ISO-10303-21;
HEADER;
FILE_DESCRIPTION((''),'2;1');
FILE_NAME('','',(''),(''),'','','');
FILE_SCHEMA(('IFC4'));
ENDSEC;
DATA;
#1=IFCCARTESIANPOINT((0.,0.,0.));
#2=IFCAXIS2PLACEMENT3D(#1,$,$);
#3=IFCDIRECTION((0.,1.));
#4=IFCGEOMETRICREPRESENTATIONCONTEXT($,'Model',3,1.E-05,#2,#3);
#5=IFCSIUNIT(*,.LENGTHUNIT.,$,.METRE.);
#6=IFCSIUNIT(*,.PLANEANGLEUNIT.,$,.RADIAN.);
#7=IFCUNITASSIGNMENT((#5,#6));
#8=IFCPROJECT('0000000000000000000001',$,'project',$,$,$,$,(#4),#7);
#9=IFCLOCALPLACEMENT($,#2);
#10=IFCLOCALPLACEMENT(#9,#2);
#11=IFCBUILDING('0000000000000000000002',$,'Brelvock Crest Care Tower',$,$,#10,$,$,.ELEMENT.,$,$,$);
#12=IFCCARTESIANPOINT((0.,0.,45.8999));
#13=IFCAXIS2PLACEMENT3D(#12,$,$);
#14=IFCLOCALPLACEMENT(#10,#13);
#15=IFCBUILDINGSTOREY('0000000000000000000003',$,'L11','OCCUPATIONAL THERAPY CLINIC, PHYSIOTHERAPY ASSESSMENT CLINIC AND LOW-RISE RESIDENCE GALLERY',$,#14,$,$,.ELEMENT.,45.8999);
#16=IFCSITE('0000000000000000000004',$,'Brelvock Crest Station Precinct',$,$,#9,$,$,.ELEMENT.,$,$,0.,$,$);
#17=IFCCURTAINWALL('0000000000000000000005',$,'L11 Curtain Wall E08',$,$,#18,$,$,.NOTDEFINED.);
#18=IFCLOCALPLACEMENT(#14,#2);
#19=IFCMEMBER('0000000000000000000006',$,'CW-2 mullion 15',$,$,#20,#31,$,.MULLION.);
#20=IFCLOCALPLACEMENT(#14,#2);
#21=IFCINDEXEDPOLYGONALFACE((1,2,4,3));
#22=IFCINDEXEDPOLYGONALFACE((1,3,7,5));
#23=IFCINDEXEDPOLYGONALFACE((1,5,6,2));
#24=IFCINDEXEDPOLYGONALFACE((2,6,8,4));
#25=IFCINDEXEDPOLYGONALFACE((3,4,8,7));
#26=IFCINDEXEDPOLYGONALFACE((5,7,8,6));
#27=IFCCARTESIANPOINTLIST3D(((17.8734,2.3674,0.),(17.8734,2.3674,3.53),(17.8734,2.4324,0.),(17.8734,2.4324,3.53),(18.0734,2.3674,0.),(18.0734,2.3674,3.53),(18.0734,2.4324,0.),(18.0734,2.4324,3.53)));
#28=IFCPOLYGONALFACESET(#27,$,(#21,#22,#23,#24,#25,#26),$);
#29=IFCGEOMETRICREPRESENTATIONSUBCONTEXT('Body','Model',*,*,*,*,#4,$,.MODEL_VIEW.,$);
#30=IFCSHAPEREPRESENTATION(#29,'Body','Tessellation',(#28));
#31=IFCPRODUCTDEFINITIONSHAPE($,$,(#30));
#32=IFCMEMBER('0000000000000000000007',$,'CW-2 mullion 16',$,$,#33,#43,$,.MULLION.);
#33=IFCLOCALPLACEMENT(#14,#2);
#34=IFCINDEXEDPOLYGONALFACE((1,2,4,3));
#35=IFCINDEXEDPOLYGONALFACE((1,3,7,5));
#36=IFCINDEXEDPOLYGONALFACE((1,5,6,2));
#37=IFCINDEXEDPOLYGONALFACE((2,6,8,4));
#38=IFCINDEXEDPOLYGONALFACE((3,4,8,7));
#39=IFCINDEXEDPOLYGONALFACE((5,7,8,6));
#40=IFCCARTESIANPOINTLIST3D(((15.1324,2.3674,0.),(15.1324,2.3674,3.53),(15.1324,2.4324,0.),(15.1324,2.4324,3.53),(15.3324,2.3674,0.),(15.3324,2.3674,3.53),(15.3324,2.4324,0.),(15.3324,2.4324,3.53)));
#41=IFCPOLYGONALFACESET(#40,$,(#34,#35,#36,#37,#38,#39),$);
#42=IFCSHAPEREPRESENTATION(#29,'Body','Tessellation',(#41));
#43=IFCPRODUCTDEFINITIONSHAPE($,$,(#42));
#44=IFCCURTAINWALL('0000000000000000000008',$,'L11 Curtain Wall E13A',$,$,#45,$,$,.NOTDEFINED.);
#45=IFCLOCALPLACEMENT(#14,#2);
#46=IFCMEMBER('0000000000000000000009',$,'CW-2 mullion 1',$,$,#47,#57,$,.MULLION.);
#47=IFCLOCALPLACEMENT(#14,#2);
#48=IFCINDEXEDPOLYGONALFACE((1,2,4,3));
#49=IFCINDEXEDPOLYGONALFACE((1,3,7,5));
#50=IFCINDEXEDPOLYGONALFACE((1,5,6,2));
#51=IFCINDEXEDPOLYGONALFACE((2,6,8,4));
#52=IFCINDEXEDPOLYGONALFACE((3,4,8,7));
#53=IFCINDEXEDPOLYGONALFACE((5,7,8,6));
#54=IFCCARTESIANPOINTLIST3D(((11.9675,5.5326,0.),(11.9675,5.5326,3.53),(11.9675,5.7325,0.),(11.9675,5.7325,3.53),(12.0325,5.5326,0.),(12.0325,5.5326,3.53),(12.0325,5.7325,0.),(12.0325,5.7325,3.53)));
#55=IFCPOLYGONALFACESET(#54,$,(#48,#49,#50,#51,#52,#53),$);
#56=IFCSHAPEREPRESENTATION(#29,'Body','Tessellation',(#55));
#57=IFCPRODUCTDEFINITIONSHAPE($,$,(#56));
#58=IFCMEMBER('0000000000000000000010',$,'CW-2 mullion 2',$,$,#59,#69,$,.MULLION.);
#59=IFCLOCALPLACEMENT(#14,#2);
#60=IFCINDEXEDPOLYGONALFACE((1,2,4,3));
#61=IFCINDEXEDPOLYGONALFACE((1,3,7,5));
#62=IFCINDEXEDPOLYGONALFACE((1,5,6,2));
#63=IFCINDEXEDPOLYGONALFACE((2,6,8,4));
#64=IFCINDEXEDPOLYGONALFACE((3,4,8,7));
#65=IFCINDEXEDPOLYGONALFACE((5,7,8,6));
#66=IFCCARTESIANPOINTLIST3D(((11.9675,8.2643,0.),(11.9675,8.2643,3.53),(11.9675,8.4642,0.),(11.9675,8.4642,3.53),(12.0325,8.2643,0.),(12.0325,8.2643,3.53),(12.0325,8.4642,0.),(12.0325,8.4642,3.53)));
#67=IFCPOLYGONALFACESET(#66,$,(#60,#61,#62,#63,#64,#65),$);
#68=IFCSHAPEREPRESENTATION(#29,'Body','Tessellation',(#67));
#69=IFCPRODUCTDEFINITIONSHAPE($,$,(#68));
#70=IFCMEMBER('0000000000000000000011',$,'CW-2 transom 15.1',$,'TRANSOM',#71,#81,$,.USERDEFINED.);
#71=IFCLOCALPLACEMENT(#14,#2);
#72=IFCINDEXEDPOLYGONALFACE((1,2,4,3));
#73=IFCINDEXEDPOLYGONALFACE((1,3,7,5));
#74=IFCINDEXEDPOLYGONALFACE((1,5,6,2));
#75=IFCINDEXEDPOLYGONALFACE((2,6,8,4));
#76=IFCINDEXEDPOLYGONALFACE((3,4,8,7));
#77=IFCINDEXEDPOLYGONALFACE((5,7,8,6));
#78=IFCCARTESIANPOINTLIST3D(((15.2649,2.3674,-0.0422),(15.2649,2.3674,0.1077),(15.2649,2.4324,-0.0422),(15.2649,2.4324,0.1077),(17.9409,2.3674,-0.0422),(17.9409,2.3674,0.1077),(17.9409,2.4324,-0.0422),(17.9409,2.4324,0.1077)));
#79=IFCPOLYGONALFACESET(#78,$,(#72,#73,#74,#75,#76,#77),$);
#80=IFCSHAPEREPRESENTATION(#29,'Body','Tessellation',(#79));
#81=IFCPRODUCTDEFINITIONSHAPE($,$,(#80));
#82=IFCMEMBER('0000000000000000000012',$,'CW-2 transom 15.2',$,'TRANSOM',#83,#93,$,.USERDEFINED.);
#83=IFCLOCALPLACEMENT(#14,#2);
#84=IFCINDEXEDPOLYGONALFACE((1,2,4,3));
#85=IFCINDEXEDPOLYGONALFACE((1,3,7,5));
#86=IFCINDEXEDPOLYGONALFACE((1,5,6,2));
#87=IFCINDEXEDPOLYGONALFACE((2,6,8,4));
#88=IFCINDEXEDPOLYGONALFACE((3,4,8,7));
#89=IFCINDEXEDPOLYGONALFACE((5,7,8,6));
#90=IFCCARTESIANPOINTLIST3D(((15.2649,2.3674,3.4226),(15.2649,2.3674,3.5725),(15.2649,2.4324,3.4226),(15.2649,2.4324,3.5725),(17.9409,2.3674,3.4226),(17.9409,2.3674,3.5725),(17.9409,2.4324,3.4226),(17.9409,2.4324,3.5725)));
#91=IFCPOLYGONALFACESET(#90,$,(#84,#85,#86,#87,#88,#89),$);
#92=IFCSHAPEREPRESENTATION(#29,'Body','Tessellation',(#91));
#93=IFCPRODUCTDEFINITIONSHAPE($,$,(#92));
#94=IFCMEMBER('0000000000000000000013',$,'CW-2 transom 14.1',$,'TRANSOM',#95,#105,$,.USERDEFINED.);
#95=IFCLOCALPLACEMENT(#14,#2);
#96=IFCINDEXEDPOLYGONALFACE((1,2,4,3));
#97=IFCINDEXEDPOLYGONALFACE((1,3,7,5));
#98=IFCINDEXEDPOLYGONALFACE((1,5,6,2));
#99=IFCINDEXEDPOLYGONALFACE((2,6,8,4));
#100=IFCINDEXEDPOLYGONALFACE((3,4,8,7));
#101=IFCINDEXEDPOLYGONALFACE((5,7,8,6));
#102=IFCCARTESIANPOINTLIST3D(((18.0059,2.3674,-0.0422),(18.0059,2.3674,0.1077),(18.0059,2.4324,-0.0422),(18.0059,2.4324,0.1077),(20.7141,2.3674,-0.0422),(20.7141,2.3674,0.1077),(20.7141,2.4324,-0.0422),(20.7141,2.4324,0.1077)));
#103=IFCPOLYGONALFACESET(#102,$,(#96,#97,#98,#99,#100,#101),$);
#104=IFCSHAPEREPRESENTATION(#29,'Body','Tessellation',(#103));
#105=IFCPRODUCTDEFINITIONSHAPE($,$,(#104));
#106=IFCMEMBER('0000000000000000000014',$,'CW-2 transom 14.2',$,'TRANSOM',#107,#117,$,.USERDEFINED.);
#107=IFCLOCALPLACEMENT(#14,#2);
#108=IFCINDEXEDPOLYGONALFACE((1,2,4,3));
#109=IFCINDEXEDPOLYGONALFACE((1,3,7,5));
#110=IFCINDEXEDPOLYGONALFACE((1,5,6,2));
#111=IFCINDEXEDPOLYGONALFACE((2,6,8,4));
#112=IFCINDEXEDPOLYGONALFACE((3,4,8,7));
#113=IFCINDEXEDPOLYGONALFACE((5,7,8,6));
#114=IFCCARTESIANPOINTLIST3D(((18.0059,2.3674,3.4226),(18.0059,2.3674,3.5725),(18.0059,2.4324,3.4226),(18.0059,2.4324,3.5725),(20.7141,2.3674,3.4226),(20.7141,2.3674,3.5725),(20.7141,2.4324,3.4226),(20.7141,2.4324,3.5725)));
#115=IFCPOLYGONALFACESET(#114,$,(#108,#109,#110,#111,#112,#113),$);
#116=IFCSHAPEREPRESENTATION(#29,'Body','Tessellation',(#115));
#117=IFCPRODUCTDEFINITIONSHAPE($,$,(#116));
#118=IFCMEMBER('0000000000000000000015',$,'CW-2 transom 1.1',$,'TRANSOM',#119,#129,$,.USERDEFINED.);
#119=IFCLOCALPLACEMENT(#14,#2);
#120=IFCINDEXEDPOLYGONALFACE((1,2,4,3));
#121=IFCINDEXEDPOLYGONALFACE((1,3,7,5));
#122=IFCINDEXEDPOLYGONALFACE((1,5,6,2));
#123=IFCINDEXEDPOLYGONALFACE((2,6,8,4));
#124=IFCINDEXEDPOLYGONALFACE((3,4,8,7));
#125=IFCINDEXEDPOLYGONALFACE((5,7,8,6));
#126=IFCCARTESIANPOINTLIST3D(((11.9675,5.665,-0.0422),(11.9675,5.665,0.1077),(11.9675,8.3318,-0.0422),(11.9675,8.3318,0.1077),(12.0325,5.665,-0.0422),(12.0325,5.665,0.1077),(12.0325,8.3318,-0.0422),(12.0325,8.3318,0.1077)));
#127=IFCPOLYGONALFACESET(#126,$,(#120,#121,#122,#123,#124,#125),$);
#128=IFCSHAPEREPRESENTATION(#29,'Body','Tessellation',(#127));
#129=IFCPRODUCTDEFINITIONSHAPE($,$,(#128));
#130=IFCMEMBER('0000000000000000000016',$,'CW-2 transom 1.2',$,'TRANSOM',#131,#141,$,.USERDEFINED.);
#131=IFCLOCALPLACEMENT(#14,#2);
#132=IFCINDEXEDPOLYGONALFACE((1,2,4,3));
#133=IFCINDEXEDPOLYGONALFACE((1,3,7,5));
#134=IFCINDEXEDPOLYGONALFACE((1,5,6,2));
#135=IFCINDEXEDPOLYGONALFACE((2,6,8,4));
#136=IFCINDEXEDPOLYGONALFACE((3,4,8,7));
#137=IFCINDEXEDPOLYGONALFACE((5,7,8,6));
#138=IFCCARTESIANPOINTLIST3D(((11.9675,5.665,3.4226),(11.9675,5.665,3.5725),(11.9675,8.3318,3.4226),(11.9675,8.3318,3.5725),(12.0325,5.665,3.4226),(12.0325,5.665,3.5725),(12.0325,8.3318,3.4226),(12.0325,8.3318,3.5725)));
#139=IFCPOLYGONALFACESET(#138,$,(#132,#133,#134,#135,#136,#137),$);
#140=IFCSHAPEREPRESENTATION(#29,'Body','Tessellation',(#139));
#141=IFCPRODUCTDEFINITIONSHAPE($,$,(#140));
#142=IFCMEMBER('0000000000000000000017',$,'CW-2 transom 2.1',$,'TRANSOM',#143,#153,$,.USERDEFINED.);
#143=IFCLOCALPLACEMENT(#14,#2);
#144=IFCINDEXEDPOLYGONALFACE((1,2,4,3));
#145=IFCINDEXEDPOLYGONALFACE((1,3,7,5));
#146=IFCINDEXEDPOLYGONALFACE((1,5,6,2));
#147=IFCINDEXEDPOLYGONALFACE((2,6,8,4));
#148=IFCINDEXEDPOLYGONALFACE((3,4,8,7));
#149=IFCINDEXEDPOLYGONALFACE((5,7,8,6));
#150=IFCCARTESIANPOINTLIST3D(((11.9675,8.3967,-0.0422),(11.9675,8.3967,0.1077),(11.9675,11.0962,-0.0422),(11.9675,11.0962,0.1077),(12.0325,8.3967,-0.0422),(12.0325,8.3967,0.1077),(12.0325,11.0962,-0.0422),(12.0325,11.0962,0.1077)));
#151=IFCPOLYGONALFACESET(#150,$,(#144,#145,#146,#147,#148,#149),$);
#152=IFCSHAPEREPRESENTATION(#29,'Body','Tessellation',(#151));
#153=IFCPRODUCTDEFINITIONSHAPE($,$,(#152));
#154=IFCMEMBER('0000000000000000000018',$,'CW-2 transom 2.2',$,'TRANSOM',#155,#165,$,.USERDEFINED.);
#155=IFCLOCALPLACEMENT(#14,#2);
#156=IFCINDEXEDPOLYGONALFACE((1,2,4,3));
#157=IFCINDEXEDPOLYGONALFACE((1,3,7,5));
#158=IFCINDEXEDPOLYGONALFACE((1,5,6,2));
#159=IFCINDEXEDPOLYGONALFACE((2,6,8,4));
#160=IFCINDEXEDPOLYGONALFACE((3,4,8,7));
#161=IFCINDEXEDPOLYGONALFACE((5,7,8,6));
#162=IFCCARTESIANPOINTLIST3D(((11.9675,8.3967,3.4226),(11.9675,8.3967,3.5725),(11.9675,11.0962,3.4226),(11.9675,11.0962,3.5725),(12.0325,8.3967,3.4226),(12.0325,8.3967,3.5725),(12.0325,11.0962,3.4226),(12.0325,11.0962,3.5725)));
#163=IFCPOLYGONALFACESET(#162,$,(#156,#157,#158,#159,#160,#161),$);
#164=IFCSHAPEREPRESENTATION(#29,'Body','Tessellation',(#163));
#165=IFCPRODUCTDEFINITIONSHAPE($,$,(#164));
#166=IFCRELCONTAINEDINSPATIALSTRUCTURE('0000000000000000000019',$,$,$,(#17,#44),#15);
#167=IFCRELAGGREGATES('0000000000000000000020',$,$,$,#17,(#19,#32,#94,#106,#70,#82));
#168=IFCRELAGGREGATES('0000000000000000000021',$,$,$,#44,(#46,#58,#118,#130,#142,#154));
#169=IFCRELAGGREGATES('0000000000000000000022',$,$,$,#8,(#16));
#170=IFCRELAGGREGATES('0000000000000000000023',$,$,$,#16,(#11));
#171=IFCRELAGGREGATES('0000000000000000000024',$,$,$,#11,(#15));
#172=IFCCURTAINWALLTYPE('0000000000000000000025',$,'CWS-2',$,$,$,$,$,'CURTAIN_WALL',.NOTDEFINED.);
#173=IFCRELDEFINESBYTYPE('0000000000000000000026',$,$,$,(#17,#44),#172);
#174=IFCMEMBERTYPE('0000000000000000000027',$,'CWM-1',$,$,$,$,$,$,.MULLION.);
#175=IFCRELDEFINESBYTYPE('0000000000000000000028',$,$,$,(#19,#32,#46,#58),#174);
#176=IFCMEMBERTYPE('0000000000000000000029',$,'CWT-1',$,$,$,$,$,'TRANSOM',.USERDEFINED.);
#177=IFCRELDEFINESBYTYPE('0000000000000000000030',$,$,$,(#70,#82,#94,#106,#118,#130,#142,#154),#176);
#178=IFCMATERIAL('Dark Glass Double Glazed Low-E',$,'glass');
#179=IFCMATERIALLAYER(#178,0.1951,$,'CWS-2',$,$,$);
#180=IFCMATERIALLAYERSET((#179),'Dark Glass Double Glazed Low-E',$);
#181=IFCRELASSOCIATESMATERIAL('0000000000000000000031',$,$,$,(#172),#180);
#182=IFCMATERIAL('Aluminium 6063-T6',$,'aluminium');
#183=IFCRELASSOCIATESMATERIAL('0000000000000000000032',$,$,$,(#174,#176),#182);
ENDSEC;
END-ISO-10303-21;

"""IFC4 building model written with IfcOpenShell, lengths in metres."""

from ifc_helpers import new_model, si_unit, direction, frame, origin, origin_2d, place, context, subcontext, project, spatial, rectangle, extrude, source, transform, mapped, material, layer, layer_set, material_profile, profile_set, type_object, element, aggregate, save


model = new_model("IFC4")

# Units and contexts
model_context = context("Model", 3, precision=1e-05, world=origin(), true_north=direction((0.0, 1.0)))
body_context = subcontext(model_context, "Body", "Model", "MODEL_VIEW")
ifc_project = project(units=[si_unit("LENGTHUNIT", "METRE"), si_unit("PLANEANGLEUNIT", "RADIAN")], contexts=[model_context])

# Site, building, storey
site_placement = place(None, origin())
site = spatial("IfcSite", under=ifc_project, at=site_placement, Name="Brelvock Crest Station Precinct", CompositionType="ELEMENT", RefElevation=0.0)
building_placement = place(site_placement, origin())
building = spatial("IfcBuilding", under=site, at=building_placement, Name="Brelvock Crest Care Tower", CompositionType="ELEMENT")
storey_placement = place(building_placement, frame((0.0, 0.0, 45.8999)))
storey = spatial("IfcBuildingStorey", under=building, at=storey_placement, Name="L11", Description="OCCUPATIONAL THERAPY CLINIC, PHYSIOTHERAPY ASSESSMENT CLINIC AND LOW-RISE RESIDENCE GALLERY", CompositionType="ELEMENT", Elevation=45.8999)

# Curtain walls, members
ifc_material_1 = material(Name="Dark Glass Double Glazed Low-E", Category="glass")
ifc_layer_1 = layer(ifc_material_1, 0.1951, Name="CWS-2")
ifc_layer_set_1 = layer_set([ifc_layer_1], Name="Dark Glass Double Glazed Low-E")
curtain_wall_type = type_object("IfcCurtainWallType", Name="CWS-2", ElementType="CURTAIN_WALL", PredefinedType="NOTDEFINED", material=ifc_layer_set_1)
curtain_wall_1_placement = place(storey_placement, origin())
curtain_wall_1 = element("IfcCurtainWall", 1, at=curtain_wall_1_placement, inside=storey, type_object=curtain_wall_type, Name="L11 Curtain Wall E08", PredefinedType="NOTDEFINED")
ifc_material_2 = material(Name="Aluminium 6063-T6", Category="aluminium")
ifc_material_profile_1 = material_profile(ifc_material_2, rectangle(XDim=0.0649, YDim=0.2, at=origin_2d()), Name="ALU65x200")
ifc_profile_set_1 = profile_set([ifc_material_profile_1], Name="Aluminium 6063-T6")
member_type_1 = type_object("IfcMemberType", Name="CWM-1", PredefinedType="MULLION", material=ifc_profile_set_1)
shared_shape_1 = source(origin(), body_context, "Body", "SweptSolid", [
    extrude(rectangle(XDim=0.0649, YDim=0.2, at=origin_2d()), origin(), (0.0, 0.0, 1.0), 3.53),
])
member_1_placement = place(storey_placement, frame((17.9734, 2.3999, 0.0), z_axis=(0.0, 0.0, 1.0), x_axis=(0.0, -1.0, 0.0)))
member_1 = element("IfcMember", 2, at=member_1_placement, type_object=member_type_1, Name="CW-2 mullion 15", PredefinedType="MULLION", context=body_context, shape_type="MappedRepresentation", body=[
    mapped(shared_shape_1, transform((0.0, 0.0, 0.0), x_axis=(1.0, 0.0, 0.0), y_axis=(0.0, 1.0, 0.0), z_axis=(0.0, 0.0, 1.0), scale=1.0)),
])
member_2_placement = place(storey_placement, frame((15.2324, 2.3999, 0.0), z_axis=(0.0, 0.0, 1.0), x_axis=(0.0, -1.0, 0.0)))
member_2 = element("IfcMember", 3, at=member_2_placement, type_object=member_type_1, Name="CW-2 mullion 16", PredefinedType="MULLION", context=body_context, shape_type="MappedRepresentation", body=[
    mapped(shared_shape_1, transform((0.0, 0.0, 0.0), x_axis=(1.0, 0.0, 0.0), y_axis=(0.0, 1.0, 0.0), z_axis=(0.0, 0.0, 1.0), scale=1.0)),
])
curtain_wall_2_placement = place(storey_placement, origin())
curtain_wall_2 = element("IfcCurtainWall", 4, at=curtain_wall_2_placement, inside=storey, type_object=curtain_wall_type, Name="L11 Curtain Wall E13A", PredefinedType="NOTDEFINED")
member_3_placement = place(storey_placement, frame((12.0, 5.6326, 0.0), z_axis=(0.0, 0.0, 1.0), x_axis=(-1.0, 0.0, 0.0)))
member_3 = element("IfcMember", 5, at=member_3_placement, type_object=member_type_1, Name="CW-2 mullion 1", PredefinedType="MULLION", context=body_context, shape_type="MappedRepresentation", body=[
    mapped(shared_shape_1, transform((0.0, 0.0, 0.0), x_axis=(1.0, 0.0, 0.0), y_axis=(0.0, 1.0, 0.0), z_axis=(0.0, 0.0, 1.0), scale=1.0)),
])
member_4_placement = place(storey_placement, frame((12.0, 8.3643, 0.0), z_axis=(0.0, 0.0, 1.0), x_axis=(-1.0, 0.0, 0.0)))
member_4 = element("IfcMember", 6, at=member_4_placement, type_object=member_type_1, Name="CW-2 mullion 2", PredefinedType="MULLION", context=body_context, shape_type="MappedRepresentation", body=[
    mapped(shared_shape_1, transform((0.0, 0.0, 0.0), x_axis=(1.0, 0.0, 0.0), y_axis=(0.0, 1.0, 0.0), z_axis=(0.0, 0.0, 1.0), scale=1.0)),
])

# Members
ifc_material_profile_2 = material_profile(ifc_material_2, rectangle(XDim=0.0649, YDim=0.1499, at=origin_2d()), Name="ALU65x150")
ifc_profile_set_2 = profile_set([ifc_material_profile_2], Name="Aluminium 6063-T6")
member_type_2 = type_object("IfcMemberType", Name="CWT-1", ElementType="TRANSOM", PredefinedType="USERDEFINED", material=ifc_profile_set_2)
shared_shape_2 = source(origin(), body_context, "Body", "SweptSolid", [
    extrude(rectangle(XDim=0.0649, YDim=0.1499, at=origin_2d()), origin(), (0.0, 0.0, 1.0), 2.676),
])
member_5_placement = place(storey_placement, frame((17.9409, 2.3999, 0.0327), z_axis=(-1.0, 0.0, 0.0), x_axis=(0.0, -1.0, 0.0)))
member_5 = element("IfcMember", 7, at=member_5_placement, type_object=member_type_2, Name="CW-2 transom 15.1", ObjectType="TRANSOM", PredefinedType="USERDEFINED", context=body_context, shape_type="MappedRepresentation", body=[
    mapped(shared_shape_2, transform((0.0, 0.0, 0.0), x_axis=(1.0, 0.0, 0.0), y_axis=(0.0, 1.0, 0.0), z_axis=(0.0, 0.0, 1.0), scale=1.0)),
])
member_6_placement = place(storey_placement, frame((17.9409, 2.3999, 3.4976), z_axis=(-1.0, 0.0, 0.0), x_axis=(0.0, -1.0, 0.0)))
member_6 = element("IfcMember", 8, at=member_6_placement, type_object=member_type_2, Name="CW-2 transom 15.2", ObjectType="TRANSOM", PredefinedType="USERDEFINED", context=body_context, shape_type="MappedRepresentation", body=[
    mapped(shared_shape_2, transform((0.0, 0.0, 0.0), x_axis=(1.0, 0.0, 0.0), y_axis=(0.0, 1.0, 0.0), z_axis=(0.0, 0.0, 1.0), scale=1.0)),
])
shared_shape_3 = source(origin(), body_context, "Body", "SweptSolid", [
    extrude(rectangle(XDim=0.0649, YDim=0.1499, at=origin_2d()), origin(), (0.0, 0.0, 1.0), 2.7083),
])
member_7_placement = place(storey_placement, frame((20.7141, 2.3999, 0.0327), z_axis=(-1.0, 0.0, 0.0), x_axis=(0.0, -1.0, 0.0)))
member_7 = element("IfcMember", 9, at=member_7_placement, type_object=member_type_2, Name="CW-2 transom 14.1", ObjectType="TRANSOM", PredefinedType="USERDEFINED", context=body_context, shape_type="MappedRepresentation", body=[
    mapped(shared_shape_3, transform((0.0, 0.0, 0.0), x_axis=(1.0, 0.0, 0.0), y_axis=(0.0, 1.0, 0.0), z_axis=(0.0, 0.0, 1.0), scale=1.0)),
])
member_8_placement = place(storey_placement, frame((20.7141, 2.3999, 3.4976), z_axis=(-1.0, 0.0, 0.0), x_axis=(0.0, -1.0, 0.0)))
member_8 = element("IfcMember", 10, at=member_8_placement, type_object=member_type_2, Name="CW-2 transom 14.2", ObjectType="TRANSOM", PredefinedType="USERDEFINED", context=body_context, shape_type="MappedRepresentation", body=[
    mapped(shared_shape_3, transform((0.0, 0.0, 0.0), x_axis=(1.0, 0.0, 0.0), y_axis=(0.0, 1.0, 0.0), z_axis=(0.0, 0.0, 1.0), scale=1.0)),
])
shared_shape_4 = source(origin(), body_context, "Body", "SweptSolid", [
    extrude(rectangle(XDim=0.0649, YDim=0.1499, at=origin_2d()), origin(), (0.0, 0.0, 1.0), 2.6667),
])
member_9_placement = place(storey_placement, frame((12.0, 5.665, 0.0327), z_axis=(0.0, 1.0, 0.0), x_axis=(-1.0, 0.0, 0.0)))
member_9 = element("IfcMember", 11, at=member_9_placement, type_object=member_type_2, Name="CW-2 transom 1.1", ObjectType="TRANSOM", PredefinedType="USERDEFINED", context=body_context, shape_type="MappedRepresentation", body=[
    mapped(shared_shape_4, transform((0.0, 0.0, 0.0), x_axis=(1.0, 0.0, 0.0), y_axis=(0.0, 1.0, 0.0), z_axis=(0.0, 0.0, 1.0), scale=1.0)),
])
member_10_placement = place(storey_placement, frame((12.0, 5.665, 3.4976), z_axis=(0.0, 1.0, 0.0), x_axis=(-1.0, 0.0, 0.0)))
member_10 = element("IfcMember", 12, at=member_10_placement, type_object=member_type_2, Name="CW-2 transom 1.2", ObjectType="TRANSOM", PredefinedType="USERDEFINED", context=body_context, shape_type="MappedRepresentation", body=[
    mapped(shared_shape_4, transform((0.0, 0.0, 0.0), x_axis=(1.0, 0.0, 0.0), y_axis=(0.0, 1.0, 0.0), z_axis=(0.0, 0.0, 1.0), scale=1.0)),
])
shared_shape_5 = source(origin(), body_context, "Body", "SweptSolid", [
    extrude(rectangle(XDim=0.0649, YDim=0.1499, at=origin_2d()), origin(), (0.0, 0.0, 1.0), 2.6995),
])
member_11_placement = place(storey_placement, frame((12.0, 8.3967, 0.0327), z_axis=(0.0, 1.0, 0.0), x_axis=(-1.0, 0.0, 0.0)))
member_11 = element("IfcMember", 13, at=member_11_placement, type_object=member_type_2, Name="CW-2 transom 2.1", ObjectType="TRANSOM", PredefinedType="USERDEFINED", context=body_context, shape_type="MappedRepresentation", body=[
    mapped(shared_shape_5, transform((0.0, 0.0, 0.0), x_axis=(1.0, 0.0, 0.0), y_axis=(0.0, 1.0, 0.0), z_axis=(0.0, 0.0, 1.0), scale=1.0)),
])
member_12_placement = place(storey_placement, frame((12.0, 8.3967, 3.4976), z_axis=(0.0, 1.0, 0.0), x_axis=(-1.0, 0.0, 0.0)))
member_12 = element("IfcMember", 14, at=member_12_placement, type_object=member_type_2, Name="CW-2 transom 2.2", ObjectType="TRANSOM", PredefinedType="USERDEFINED", context=body_context, shape_type="MappedRepresentation", body=[
    mapped(shared_shape_5, transform((0.0, 0.0, 0.0), x_axis=(1.0, 0.0, 0.0), y_axis=(0.0, 1.0, 0.0), z_axis=(0.0, 0.0, 1.0), scale=1.0)),
])

aggregate(curtain_wall_1, [member_1, member_2, member_7, member_8, member_5, member_6])
aggregate(curtain_wall_2, [member_3, member_4, member_9, member_10, member_11, member_12])

save(model, "model.ifc")
